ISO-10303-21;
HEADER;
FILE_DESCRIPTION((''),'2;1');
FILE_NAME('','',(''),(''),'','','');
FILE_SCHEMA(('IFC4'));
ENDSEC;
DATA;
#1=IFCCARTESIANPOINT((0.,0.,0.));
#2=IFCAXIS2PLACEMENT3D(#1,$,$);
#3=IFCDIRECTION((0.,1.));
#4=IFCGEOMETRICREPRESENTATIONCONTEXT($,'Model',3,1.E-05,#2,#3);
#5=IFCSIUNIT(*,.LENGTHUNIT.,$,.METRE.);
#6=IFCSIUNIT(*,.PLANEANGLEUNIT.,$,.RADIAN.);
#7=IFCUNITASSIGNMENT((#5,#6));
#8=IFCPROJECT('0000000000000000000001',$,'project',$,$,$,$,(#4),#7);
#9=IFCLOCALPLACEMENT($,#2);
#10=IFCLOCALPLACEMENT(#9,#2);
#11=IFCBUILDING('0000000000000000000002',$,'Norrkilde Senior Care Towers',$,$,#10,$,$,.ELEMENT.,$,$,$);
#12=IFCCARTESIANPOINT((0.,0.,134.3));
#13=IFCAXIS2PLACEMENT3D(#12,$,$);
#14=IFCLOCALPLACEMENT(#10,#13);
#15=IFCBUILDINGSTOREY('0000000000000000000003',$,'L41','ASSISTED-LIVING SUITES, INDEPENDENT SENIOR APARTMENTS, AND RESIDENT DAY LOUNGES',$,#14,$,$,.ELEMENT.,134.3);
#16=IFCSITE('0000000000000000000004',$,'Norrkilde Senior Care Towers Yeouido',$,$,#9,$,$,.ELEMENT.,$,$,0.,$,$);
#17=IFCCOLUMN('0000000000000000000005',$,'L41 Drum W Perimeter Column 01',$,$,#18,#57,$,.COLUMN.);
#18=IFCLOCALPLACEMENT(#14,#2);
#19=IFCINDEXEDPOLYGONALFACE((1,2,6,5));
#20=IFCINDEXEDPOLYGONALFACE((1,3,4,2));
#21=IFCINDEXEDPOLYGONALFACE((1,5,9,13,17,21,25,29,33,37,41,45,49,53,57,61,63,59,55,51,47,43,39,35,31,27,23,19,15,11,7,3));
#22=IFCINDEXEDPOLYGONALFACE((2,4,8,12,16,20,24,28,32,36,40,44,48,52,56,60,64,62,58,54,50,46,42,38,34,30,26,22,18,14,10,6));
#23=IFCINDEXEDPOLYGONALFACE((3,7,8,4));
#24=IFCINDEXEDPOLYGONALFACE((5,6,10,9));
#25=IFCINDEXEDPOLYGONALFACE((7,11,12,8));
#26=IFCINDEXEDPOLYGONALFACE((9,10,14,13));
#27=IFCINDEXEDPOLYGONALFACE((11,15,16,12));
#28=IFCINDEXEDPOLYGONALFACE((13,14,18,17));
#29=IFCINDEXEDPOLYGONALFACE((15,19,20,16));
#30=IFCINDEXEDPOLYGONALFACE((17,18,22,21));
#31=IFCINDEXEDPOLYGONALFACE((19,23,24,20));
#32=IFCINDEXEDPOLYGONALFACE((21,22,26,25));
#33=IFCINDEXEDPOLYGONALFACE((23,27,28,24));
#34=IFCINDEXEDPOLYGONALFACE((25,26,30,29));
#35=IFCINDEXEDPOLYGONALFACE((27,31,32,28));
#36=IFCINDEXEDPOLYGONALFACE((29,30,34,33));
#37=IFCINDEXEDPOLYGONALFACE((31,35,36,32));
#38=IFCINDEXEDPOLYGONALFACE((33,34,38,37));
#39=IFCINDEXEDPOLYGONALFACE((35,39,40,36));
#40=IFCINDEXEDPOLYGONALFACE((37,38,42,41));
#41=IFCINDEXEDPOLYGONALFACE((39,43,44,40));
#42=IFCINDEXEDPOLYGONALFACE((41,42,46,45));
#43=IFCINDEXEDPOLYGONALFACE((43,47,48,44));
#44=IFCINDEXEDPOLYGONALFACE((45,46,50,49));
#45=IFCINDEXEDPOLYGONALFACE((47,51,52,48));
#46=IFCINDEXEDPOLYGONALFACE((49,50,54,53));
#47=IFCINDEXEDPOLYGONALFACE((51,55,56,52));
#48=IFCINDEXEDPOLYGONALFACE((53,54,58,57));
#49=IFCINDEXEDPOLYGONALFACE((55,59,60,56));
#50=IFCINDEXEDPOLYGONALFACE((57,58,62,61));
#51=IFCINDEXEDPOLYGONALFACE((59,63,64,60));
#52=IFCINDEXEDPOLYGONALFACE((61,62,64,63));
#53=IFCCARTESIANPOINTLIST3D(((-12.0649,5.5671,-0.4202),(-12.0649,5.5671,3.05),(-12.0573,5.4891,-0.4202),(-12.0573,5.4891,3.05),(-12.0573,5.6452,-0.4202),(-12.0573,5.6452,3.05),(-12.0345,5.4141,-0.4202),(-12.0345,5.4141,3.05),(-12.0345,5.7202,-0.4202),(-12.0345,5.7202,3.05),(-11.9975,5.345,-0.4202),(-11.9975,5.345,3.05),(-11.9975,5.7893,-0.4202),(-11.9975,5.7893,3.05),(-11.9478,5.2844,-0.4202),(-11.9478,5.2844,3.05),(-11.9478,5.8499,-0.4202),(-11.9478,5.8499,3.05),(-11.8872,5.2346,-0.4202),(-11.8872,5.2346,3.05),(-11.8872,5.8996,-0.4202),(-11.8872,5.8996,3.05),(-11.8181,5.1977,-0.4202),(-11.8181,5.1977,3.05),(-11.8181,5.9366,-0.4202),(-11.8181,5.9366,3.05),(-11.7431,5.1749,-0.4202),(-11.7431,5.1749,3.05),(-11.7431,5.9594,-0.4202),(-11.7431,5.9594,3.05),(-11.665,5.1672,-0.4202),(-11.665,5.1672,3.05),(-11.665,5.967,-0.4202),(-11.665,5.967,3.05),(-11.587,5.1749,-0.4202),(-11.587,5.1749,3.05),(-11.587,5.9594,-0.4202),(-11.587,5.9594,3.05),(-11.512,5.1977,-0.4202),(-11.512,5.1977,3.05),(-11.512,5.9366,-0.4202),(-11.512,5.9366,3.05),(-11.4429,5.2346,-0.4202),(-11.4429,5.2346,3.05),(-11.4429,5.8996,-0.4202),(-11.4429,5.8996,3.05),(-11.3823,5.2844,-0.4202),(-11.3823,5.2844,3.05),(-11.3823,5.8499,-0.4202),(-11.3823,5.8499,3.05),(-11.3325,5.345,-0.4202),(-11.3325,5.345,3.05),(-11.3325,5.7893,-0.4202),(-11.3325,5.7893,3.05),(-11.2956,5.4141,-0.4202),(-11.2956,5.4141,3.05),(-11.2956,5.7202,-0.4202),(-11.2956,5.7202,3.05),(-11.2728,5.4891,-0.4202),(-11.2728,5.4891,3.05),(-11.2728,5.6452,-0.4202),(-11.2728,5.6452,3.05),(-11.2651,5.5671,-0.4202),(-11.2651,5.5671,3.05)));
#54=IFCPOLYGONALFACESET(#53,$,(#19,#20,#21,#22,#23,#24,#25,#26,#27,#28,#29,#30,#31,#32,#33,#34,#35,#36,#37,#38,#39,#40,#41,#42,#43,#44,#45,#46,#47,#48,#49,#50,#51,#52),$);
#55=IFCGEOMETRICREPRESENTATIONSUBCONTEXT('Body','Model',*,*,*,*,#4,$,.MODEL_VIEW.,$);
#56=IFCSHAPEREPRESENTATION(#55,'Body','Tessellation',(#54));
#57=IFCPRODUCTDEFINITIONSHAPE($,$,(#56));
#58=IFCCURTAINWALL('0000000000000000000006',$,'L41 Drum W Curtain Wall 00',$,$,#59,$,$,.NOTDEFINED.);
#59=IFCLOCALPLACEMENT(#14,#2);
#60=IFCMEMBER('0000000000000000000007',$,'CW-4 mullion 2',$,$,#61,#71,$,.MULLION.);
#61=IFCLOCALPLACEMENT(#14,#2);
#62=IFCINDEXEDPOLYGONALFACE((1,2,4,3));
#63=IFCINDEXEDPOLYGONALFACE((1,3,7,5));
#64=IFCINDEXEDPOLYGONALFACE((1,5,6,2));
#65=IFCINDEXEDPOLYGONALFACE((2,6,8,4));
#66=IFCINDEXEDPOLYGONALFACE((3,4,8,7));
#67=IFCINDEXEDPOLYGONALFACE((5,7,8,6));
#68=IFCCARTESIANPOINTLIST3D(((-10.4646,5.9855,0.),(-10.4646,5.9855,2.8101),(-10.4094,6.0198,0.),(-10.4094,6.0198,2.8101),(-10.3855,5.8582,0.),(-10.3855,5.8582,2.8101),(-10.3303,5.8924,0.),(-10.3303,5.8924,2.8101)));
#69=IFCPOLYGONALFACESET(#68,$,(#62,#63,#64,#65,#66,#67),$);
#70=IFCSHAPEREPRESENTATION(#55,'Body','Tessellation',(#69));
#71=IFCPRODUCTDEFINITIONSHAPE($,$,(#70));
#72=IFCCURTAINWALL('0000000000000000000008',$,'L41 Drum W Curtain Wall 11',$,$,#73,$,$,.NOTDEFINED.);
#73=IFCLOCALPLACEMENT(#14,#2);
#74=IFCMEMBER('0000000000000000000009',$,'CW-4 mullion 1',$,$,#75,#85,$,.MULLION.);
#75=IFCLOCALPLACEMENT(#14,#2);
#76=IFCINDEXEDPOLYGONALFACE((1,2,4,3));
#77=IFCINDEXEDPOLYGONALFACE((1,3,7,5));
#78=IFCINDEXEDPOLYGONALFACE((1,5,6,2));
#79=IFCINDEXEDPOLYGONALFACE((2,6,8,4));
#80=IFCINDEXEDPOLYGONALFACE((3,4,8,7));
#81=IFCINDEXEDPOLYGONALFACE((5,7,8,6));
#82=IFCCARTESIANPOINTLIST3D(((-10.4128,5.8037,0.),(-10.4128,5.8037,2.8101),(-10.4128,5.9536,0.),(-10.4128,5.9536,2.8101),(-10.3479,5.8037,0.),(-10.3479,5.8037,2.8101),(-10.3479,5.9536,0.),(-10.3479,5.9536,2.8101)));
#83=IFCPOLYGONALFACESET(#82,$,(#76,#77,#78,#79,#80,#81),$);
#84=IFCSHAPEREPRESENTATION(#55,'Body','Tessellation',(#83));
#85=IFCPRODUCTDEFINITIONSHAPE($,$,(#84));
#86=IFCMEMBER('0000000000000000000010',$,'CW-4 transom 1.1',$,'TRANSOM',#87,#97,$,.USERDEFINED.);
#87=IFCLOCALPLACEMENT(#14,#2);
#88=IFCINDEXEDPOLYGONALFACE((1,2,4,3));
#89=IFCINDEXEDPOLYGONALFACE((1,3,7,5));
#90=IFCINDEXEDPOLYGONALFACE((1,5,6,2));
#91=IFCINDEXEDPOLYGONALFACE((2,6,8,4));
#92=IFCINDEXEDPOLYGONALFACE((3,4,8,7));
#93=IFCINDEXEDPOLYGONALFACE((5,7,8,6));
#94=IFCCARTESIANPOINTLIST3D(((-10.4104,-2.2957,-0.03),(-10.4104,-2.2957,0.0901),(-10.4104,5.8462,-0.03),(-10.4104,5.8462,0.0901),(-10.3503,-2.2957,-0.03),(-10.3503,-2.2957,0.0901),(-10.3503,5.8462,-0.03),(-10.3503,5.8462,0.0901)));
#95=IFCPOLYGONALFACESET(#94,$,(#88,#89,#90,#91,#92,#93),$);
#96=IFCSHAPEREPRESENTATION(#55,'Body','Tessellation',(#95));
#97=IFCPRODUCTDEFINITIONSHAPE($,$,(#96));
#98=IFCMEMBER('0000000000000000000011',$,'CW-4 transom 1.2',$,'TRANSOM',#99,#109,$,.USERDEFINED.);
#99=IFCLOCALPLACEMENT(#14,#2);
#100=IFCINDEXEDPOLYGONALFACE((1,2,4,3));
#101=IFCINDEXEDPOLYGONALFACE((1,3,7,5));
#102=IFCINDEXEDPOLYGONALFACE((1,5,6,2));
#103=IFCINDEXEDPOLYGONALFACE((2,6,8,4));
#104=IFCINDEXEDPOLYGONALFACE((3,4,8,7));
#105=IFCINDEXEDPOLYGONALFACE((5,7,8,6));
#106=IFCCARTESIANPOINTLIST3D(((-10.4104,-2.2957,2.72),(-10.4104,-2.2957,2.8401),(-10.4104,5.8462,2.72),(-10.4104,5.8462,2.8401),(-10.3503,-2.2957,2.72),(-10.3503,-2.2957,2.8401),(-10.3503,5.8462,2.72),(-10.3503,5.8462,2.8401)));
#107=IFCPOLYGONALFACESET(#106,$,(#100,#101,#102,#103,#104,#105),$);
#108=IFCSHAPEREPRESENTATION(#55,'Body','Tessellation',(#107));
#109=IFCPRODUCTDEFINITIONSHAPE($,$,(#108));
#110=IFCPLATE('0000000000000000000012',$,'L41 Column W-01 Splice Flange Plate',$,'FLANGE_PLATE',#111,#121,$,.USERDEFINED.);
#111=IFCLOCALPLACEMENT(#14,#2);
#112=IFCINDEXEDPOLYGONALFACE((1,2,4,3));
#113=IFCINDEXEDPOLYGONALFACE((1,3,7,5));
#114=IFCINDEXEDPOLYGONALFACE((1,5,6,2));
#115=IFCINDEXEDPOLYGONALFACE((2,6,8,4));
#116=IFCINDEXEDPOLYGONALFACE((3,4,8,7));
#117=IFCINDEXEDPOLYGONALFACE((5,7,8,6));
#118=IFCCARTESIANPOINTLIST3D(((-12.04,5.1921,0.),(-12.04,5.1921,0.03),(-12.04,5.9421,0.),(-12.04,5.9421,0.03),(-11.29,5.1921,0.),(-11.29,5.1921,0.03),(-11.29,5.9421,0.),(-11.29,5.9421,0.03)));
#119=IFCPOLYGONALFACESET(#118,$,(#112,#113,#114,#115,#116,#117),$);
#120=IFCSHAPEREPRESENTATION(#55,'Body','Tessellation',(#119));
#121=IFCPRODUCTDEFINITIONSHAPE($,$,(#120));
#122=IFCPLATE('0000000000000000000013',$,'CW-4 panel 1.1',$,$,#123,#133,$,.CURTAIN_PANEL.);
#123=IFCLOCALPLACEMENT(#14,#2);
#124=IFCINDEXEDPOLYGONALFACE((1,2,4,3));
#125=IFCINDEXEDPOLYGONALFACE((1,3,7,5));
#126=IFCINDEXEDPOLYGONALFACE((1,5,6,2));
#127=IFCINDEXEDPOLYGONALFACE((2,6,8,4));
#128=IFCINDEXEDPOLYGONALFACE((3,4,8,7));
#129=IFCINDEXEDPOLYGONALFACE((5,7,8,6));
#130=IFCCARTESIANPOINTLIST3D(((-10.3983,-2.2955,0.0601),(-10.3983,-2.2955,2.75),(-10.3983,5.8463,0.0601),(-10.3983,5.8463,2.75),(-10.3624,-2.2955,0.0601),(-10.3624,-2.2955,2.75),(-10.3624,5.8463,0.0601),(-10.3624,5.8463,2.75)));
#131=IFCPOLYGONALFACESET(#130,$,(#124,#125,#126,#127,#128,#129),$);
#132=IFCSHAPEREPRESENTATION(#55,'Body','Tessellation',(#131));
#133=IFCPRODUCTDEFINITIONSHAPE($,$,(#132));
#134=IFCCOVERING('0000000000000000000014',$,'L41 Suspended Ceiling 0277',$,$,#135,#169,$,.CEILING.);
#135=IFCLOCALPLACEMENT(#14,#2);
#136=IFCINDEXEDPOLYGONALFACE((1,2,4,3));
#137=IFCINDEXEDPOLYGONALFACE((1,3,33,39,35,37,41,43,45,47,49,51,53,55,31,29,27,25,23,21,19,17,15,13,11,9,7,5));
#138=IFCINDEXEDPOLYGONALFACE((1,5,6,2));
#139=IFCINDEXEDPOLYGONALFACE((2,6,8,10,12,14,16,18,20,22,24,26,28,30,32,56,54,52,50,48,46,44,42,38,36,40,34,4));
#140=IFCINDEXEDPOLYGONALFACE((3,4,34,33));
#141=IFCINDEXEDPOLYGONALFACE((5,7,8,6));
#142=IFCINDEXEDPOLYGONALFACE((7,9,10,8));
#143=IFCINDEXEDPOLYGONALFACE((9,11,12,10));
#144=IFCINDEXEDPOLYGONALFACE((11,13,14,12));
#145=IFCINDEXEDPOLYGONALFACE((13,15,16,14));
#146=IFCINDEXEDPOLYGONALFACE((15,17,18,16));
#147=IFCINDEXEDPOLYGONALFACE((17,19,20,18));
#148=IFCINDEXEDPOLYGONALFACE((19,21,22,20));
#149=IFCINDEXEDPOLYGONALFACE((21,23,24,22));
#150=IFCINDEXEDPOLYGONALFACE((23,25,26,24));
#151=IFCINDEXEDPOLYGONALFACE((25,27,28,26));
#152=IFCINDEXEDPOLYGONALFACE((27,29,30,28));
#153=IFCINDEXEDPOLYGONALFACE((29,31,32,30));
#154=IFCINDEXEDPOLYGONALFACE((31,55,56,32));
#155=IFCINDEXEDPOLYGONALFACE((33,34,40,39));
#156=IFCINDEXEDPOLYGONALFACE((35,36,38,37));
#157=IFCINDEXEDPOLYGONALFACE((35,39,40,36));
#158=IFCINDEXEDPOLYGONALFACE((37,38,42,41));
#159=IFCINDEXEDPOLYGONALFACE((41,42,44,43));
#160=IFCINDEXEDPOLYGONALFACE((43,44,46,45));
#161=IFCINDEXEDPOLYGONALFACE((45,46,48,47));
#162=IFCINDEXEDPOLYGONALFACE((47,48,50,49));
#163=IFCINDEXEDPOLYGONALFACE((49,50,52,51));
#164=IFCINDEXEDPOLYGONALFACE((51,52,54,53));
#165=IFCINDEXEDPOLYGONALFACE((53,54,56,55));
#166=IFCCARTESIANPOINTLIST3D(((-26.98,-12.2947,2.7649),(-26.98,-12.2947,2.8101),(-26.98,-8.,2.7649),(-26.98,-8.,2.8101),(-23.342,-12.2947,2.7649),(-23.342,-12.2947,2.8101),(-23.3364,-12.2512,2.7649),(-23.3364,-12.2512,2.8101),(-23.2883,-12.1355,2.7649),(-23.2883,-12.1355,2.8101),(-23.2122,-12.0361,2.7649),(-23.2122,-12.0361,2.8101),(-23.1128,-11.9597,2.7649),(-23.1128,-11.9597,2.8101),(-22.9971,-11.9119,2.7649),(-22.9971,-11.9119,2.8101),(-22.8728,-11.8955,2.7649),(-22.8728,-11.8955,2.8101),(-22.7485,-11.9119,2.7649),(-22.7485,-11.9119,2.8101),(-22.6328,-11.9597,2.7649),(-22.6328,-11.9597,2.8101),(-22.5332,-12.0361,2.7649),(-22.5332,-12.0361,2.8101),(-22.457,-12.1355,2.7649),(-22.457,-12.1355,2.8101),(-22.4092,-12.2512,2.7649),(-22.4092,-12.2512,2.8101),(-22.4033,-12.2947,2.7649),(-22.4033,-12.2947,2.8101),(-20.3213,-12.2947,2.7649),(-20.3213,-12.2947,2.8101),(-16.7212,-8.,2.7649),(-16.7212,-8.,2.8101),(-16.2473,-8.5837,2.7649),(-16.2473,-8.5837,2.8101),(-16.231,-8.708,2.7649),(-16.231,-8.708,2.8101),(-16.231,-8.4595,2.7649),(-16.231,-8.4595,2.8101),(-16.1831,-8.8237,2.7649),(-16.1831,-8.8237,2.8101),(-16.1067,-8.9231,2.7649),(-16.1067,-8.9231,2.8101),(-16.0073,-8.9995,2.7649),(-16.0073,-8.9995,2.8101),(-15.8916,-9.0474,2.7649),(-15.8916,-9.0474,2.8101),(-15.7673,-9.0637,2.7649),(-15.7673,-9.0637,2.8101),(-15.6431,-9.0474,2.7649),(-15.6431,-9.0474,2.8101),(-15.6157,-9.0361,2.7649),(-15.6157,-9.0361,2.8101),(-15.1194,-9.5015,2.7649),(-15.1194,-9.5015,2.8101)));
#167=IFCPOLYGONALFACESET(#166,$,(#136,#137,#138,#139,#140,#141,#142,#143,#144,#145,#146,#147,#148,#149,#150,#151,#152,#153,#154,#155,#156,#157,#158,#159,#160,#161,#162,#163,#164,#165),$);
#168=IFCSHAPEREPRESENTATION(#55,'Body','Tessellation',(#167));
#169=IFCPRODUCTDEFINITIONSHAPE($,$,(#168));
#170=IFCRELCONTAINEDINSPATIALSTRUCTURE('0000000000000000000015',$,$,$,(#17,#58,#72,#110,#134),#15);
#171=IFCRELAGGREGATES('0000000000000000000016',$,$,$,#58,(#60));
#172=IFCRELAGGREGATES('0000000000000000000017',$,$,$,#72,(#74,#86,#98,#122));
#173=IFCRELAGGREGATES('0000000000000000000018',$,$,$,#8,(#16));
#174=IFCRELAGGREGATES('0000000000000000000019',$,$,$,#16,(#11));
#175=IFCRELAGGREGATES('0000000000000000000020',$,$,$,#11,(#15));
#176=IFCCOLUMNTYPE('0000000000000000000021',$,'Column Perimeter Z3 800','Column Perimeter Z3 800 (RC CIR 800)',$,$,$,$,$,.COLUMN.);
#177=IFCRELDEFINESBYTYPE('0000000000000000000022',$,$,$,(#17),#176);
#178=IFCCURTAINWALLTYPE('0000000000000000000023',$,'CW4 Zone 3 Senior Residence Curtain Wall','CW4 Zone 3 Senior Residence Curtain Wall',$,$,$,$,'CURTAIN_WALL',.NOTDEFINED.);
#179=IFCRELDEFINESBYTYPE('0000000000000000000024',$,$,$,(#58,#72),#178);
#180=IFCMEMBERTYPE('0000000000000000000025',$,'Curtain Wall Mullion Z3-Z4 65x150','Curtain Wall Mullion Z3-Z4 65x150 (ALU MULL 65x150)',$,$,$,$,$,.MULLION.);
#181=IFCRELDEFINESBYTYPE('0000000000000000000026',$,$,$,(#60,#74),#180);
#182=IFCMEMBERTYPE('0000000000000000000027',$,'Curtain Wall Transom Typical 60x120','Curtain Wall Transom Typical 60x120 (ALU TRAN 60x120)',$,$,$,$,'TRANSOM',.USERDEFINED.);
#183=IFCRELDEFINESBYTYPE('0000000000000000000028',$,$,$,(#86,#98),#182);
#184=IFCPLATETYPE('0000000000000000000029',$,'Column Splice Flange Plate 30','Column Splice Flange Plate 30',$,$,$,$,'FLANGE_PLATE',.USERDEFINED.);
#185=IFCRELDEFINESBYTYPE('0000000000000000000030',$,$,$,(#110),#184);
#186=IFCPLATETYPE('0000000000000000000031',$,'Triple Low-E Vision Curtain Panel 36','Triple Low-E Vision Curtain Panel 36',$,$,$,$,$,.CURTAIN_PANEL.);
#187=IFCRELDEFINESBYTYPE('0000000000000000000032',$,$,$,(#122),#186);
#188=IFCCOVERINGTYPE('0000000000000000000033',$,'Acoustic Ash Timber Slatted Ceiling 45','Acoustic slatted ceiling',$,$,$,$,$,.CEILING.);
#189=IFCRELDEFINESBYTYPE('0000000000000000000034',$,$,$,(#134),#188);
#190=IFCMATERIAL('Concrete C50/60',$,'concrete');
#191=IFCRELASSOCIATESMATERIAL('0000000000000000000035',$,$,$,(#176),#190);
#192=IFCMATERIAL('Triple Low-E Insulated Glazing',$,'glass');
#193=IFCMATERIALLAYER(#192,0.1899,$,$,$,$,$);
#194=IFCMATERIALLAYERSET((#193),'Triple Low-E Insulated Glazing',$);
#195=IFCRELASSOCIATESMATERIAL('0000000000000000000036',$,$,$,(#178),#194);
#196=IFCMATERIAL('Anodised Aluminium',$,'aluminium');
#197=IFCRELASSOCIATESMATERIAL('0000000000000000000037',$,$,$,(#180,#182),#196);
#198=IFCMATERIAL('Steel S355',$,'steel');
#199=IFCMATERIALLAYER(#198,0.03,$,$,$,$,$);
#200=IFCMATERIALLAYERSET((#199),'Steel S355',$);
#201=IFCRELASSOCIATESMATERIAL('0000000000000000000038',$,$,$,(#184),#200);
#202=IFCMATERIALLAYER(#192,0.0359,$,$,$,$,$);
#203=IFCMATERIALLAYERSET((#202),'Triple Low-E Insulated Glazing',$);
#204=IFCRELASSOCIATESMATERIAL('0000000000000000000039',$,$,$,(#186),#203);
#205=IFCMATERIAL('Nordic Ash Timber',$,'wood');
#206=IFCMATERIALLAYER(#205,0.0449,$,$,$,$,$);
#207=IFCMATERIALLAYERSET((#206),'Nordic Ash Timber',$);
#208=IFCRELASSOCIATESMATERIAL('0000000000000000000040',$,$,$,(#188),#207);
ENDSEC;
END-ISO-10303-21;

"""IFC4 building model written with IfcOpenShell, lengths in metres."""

from ifc_helpers import new_model, si_unit, direction, frame, origin, origin_2d, place, context, subcontext, project, spatial, polyline, rectangle, circle, outline, extrude, source, transform, mapped, material, layer, layer_set, material_profile, profile_set, type_object, type_shapes, element, aggregate, save


model = new_model("IFC4")

# Units and contexts
model_context = context("Model", 3, precision=1e-05, world=origin(), true_north=direction((0.0, 1.0)))
body_context = subcontext(model_context, "Body", "Model", "MODEL_VIEW")
ifc_project = project(units=[si_unit("LENGTHUNIT", "METRE"), si_unit("PLANEANGLEUNIT", "RADIAN")], contexts=[model_context])

# Site, building, storey
site_placement = place(None, origin())
site = spatial("IfcSite", under=ifc_project, at=site_placement, Name="Norrkilde Senior Care Towers Yeouido", CompositionType="ELEMENT", RefElevation=0.0)
building_placement = place(site_placement, origin())
building = spatial("IfcBuilding", under=site, at=building_placement, Name="Norrkilde Senior Care Towers", CompositionType="ELEMENT")
storey_placement = place(building_placement, frame((0.0, 0.0, 134.3)))
storey = spatial("IfcBuildingStorey", under=building, at=storey_placement, Name="L41", Description="ASSISTED-LIVING SUITES, INDEPENDENT SENIOR APARTMENTS, AND RESIDENT DAY LOUNGES", CompositionType="ELEMENT", Elevation=134.3)

# Column
ifc_material_1 = material(Name="Concrete C50/60", Category="concrete")
ifc_material_profile_1 = material_profile(ifc_material_1, circle(Radius=0.3999, at=origin_2d()), Name="RC CIR 800")
ifc_profile_set_1 = profile_set([ifc_material_profile_1], Name="Concrete C50/60")
column_type = type_object("IfcColumnType", Name="Column Perimeter Z3 800", Description="Column Perimeter Z3 800 (RC CIR 800)", PredefinedType="COLUMN", material=ifc_profile_set_1)
shared_shape_1 = source(origin(), body_context, "Body", "SweptSolid", [
    extrude(circle(Radius=0.3999, at=origin_2d()), origin(), (0.0, 0.0, 1.0), 3.4702),
])
type_shapes(column_type, [shared_shape_1])
column_placement = place(storey_placement, frame((-11.665, 5.5671, -0.4202), z_axis=(0.0, 0.0, 1.0), x_axis=(1.0, 0.0, 0.0)))
element("IfcColumn", 1, at=column_placement, inside=storey, type_object=column_type, Name="L41 Drum W Perimeter Column 01", PredefinedType="COLUMN", context=body_context, shape_type="MappedRepresentation", body=[
    mapped(shared_shape_1, transform((0.0, 0.0, 0.0), x_axis=(1.0, 0.0, 0.0), y_axis=(0.0, 1.0, 0.0), z_axis=(0.0, 0.0, 1.0), scale=1.0)),
])

# Curtain wall, member
ifc_material_2 = material(Name="Triple Low-E Insulated Glazing", Category="glass")
ifc_layer_1 = layer(ifc_material_2, 0.1899)
ifc_layer_set_1 = layer_set([ifc_layer_1], Name="Triple Low-E Insulated Glazing")
curtain_wall_type = type_object("IfcCurtainWallType", Name="CW4 Zone 3 Senior Residence Curtain Wall", Description="CW4 Zone 3 Senior Residence Curtain Wall", ElementType="CURTAIN_WALL", PredefinedType="NOTDEFINED", material=ifc_layer_set_1)
curtain_wall_1_placement = place(storey_placement, origin())
curtain_wall_1 = element("IfcCurtainWall", 2, at=curtain_wall_1_placement, inside=storey, type_object=curtain_wall_type, Name="L41 Drum W Curtain Wall 00", PredefinedType="NOTDEFINED")
ifc_material_3 = material(Name="Anodised Aluminium", Category="aluminium")
ifc_material_profile_2 = material_profile(ifc_material_3, rectangle(XDim=0.0649, YDim=0.1499, at=origin_2d()), Name="ALU MULL 65x150")
ifc_profile_set_2 = profile_set([ifc_material_profile_2], Name="Anodised Aluminium")
member_type_1 = type_object("IfcMemberType", Name="Curtain Wall Mullion Z3-Z4 65x150", Description="Curtain Wall Mullion Z3-Z4 65x150 (ALU MULL 65x150)", PredefinedType="MULLION", material=ifc_profile_set_2)
shared_shape_2 = source(origin(), body_context, "Body", "SweptSolid", [
    extrude(rectangle(XDim=0.0649, YDim=0.1499, at=origin_2d()), origin(), (0.0, 0.0, 1.0), 2.8101),
])
type_shapes(member_type_1, [shared_shape_2])
member_1_placement = place(storey_placement, frame((-10.3975, 5.939, 0.0), z_axis=(0.0, 0.0, 1.0), x_axis=(0.849634, 0.527373, 0.0)))
member_1 = element("IfcMember", 3, at=member_1_placement, type_object=member_type_1, Name="CW-4 mullion 2", PredefinedType="MULLION", context=body_context, shape_type="MappedRepresentation", body=[
    mapped(shared_shape_2, transform((0.0, 0.0, 0.0), x_axis=(1.0, 0.0, 0.0), y_axis=(0.0, 1.0, 0.0), z_axis=(0.0, 0.0, 1.0), scale=1.0)),
])
aggregate(curtain_wall_1, [member_1])

# Curtain wall, members
curtain_wall_2_placement = place(storey_placement, origin())
curtain_wall_2 = element("IfcCurtainWall", 4, at=curtain_wall_2_placement, inside=storey, type_object=curtain_wall_type, Name="L41 Drum W Curtain Wall 11", PredefinedType="NOTDEFINED")
member_2_placement = place(storey_placement, frame((-10.3804, 5.8787, 0.0), z_axis=(0.0, 0.0, 1.0), x_axis=(1.0, 0.0, 0.0)))
member_2 = element("IfcMember", 5, at=member_2_placement, type_object=member_type_1, Name="CW-4 mullion 1", PredefinedType="MULLION", context=body_context, shape_type="MappedRepresentation", body=[
    mapped(shared_shape_2, transform((0.0, 0.0, 0.0), x_axis=(1.0, 0.0, 0.0), y_axis=(0.0, 1.0, 0.0), z_axis=(0.0, 0.0, 1.0), scale=1.0)),
])
ifc_material_profile_3 = material_profile(ifc_material_3, rectangle(XDim=0.0601, YDim=0.1201, at=origin_2d()), Name="ALU TRAN 60x120")
ifc_profile_set_3 = profile_set([ifc_material_profile_3], Name="Anodised Aluminium")
member_type_2 = type_object("IfcMemberType", Name="Curtain Wall Transom Typical 60x120", Description="Curtain Wall Transom Typical 60x120 (ALU TRAN 60x120)", ElementType="TRANSOM", PredefinedType="USERDEFINED", material=ifc_profile_set_3)
shared_shape_3 = source(origin(), body_context, "Body", "SweptSolid", [
    extrude(rectangle(XDim=0.0601, YDim=0.1201, at=origin_2d()), origin(), (0.0, 0.0, 1.0), 8.1418),
])
type_shapes(member_type_2, [shared_shape_3])
member_3_placement = place(storey_placement, frame((-10.3804, 5.8462, 0.03), z_axis=(0.0, -1.0, 0.0), x_axis=(1.0, 0.0, 0.0)))
member_3 = element("IfcMember", 6, at=member_3_placement, type_object=member_type_2, Name="CW-4 transom 1.1", ObjectType="TRANSOM", PredefinedType="USERDEFINED", context=body_context, shape_type="MappedRepresentation", body=[
    mapped(shared_shape_3, transform((0.0, 0.0, 0.0), x_axis=(1.0, 0.0, 0.0), y_axis=(0.0, 1.0, 0.0), z_axis=(0.0, 0.0, 1.0), scale=1.0)),
])
member_4_placement = place(storey_placement, frame((-10.3804, 5.8462, 2.78), z_axis=(0.0, -1.0, 0.0), x_axis=(1.0, 0.0, 0.0)))
member_4 = element("IfcMember", 7, at=member_4_placement, type_object=member_type_2, Name="CW-4 transom 1.2", ObjectType="TRANSOM", PredefinedType="USERDEFINED", context=body_context, shape_type="MappedRepresentation", body=[
    mapped(shared_shape_3, transform((0.0, 0.0, 0.0), x_axis=(1.0, 0.0, 0.0), y_axis=(0.0, 1.0, 0.0), z_axis=(0.0, 0.0, 1.0), scale=1.0)),
])

# Plates
ifc_material_4 = material(Name="Steel S355", Category="steel")
ifc_layer_2 = layer(ifc_material_4, 0.03)
ifc_layer_set_2 = layer_set([ifc_layer_2], Name="Steel S355")
plate_type_1 = type_object("IfcPlateType", Name="Column Splice Flange Plate 30", Description="Column Splice Flange Plate 30", ElementType="FLANGE_PLATE", PredefinedType="USERDEFINED", material=ifc_layer_set_2)
shared_shape_4 = source(origin(), body_context, "Body", "SweptSolid", [
    extrude(rectangle(XDim=0.75, YDim=0.75, at=origin_2d()), origin(), (0.0, 0.0, 1.0), 0.03),
])
type_shapes(plate_type_1, [shared_shape_4])
plate_1_placement = place(storey_placement, frame((-11.665, 5.5671, 0.0), z_axis=(0.0, 0.0, 1.0), x_axis=(1.0, 0.0, 0.0)))
element("IfcPlate", 8, at=plate_1_placement, inside=storey, type_object=plate_type_1, Name="L41 Column W-01 Splice Flange Plate", ObjectType="FLANGE_PLATE", PredefinedType="USERDEFINED", context=body_context, shape_type="MappedRepresentation", body=[
    mapped(shared_shape_4, transform((0.0, 0.0, 0.0), x_axis=(1.0, 0.0, 0.0), y_axis=(0.0, 1.0, 0.0), z_axis=(0.0, 0.0, 1.0), scale=1.0)),
])
ifc_layer_3 = layer(ifc_material_2, 0.0359)
ifc_layer_set_3 = layer_set([ifc_layer_3], Name="Triple Low-E Insulated Glazing")
plate_type_2 = type_object("IfcPlateType", Name="Triple Low-E Vision Curtain Panel 36", Description="Triple Low-E Vision Curtain Panel 36", PredefinedType="CURTAIN_PANEL", material=ifc_layer_set_3)
shared_shape_5 = source(origin(), body_context, "Body", "SweptSolid", [
    extrude(rectangle(XDim=8.1418, YDim=0.0359, at=origin_2d()), origin(), (0.0, 0.0, 1.0), 2.6899),
])
type_shapes(plate_type_2, [shared_shape_5])
plate_2_placement = place(storey_placement, frame((-10.3804, 1.7754, 0.0601), z_axis=(0.0, 0.0, 1.0), x_axis=(0.0, -1.0, 0.0)))
plate_2 = element("IfcPlate", 9, at=plate_2_placement, type_object=plate_type_2, Name="CW-4 panel 1.1", PredefinedType="CURTAIN_PANEL", context=body_context, shape_type="MappedRepresentation", body=[
    mapped(shared_shape_5, transform((0.0, 0.0, 0.0), x_axis=(1.0, 0.0, 0.0), y_axis=(0.0, 1.0, 0.0), z_axis=(0.0, 0.0, 1.0), scale=1.0)),
])
aggregate(curtain_wall_2, [member_2, member_3, member_4, plate_2])

# Covering
ifc_material_5 = material(Name="Nordic Ash Timber", Category="wood")
ifc_layer_4 = layer(ifc_material_5, 0.0449)
ifc_layer_set_4 = layer_set([ifc_layer_4], Name="Nordic Ash Timber")
covering_type_1 = type_object("IfcCoveringType", Name="Acoustic Ash Timber Slatted Ceiling 45", Description="Acoustic slatted ceiling", PredefinedType="CEILING", material=ifc_layer_set_4)
covering_1_placement = place(storey_placement, frame((0.0, 0.0, 2.7649)))
element("IfcCovering", 10, at=covering_1_placement, inside=storey, type_object=covering_type_1, Name="L41 Suspended Ceiling 0277", PredefinedType="CEILING", context=body_context, shape_type="SweptSolid", body=[
    extrude(outline(polyline([(-22.4033, -12.2947), (-22.4092, -12.2512), (-22.457, -12.1355), (-22.5332, -12.0361), (-22.6328, -11.9597), (-22.7485, -11.9119), (-22.8728, -11.8955), (-22.9971, -11.9119), (-23.1128, -11.9597), (-23.2122, -12.0361), (-23.2883, -12.1355), (-23.3364, -12.2512), (-23.342, -12.2947), (-26.98, -12.2947), (-26.98, -8.0), (-16.7212, -8.0), (-16.231, -8.4595), (-16.231, -8.4595), (-16.2473, -8.5837), (-16.231, -8.708), (-16.1831, -8.8237), (-16.1067, -8.9231), (-16.0073, -8.9995), (-15.8916, -9.0474), (-15.7673, -9.0637), (-15.6431, -9.0474), (-15.6157, -9.0361), (-15.1194, -9.5015), (-20.3213, -12.2947), (-22.4033, -12.2947)])), origin(), (0.0, 0.0, 1.0), 0.0452),
])

save(model, "model.ifc")
